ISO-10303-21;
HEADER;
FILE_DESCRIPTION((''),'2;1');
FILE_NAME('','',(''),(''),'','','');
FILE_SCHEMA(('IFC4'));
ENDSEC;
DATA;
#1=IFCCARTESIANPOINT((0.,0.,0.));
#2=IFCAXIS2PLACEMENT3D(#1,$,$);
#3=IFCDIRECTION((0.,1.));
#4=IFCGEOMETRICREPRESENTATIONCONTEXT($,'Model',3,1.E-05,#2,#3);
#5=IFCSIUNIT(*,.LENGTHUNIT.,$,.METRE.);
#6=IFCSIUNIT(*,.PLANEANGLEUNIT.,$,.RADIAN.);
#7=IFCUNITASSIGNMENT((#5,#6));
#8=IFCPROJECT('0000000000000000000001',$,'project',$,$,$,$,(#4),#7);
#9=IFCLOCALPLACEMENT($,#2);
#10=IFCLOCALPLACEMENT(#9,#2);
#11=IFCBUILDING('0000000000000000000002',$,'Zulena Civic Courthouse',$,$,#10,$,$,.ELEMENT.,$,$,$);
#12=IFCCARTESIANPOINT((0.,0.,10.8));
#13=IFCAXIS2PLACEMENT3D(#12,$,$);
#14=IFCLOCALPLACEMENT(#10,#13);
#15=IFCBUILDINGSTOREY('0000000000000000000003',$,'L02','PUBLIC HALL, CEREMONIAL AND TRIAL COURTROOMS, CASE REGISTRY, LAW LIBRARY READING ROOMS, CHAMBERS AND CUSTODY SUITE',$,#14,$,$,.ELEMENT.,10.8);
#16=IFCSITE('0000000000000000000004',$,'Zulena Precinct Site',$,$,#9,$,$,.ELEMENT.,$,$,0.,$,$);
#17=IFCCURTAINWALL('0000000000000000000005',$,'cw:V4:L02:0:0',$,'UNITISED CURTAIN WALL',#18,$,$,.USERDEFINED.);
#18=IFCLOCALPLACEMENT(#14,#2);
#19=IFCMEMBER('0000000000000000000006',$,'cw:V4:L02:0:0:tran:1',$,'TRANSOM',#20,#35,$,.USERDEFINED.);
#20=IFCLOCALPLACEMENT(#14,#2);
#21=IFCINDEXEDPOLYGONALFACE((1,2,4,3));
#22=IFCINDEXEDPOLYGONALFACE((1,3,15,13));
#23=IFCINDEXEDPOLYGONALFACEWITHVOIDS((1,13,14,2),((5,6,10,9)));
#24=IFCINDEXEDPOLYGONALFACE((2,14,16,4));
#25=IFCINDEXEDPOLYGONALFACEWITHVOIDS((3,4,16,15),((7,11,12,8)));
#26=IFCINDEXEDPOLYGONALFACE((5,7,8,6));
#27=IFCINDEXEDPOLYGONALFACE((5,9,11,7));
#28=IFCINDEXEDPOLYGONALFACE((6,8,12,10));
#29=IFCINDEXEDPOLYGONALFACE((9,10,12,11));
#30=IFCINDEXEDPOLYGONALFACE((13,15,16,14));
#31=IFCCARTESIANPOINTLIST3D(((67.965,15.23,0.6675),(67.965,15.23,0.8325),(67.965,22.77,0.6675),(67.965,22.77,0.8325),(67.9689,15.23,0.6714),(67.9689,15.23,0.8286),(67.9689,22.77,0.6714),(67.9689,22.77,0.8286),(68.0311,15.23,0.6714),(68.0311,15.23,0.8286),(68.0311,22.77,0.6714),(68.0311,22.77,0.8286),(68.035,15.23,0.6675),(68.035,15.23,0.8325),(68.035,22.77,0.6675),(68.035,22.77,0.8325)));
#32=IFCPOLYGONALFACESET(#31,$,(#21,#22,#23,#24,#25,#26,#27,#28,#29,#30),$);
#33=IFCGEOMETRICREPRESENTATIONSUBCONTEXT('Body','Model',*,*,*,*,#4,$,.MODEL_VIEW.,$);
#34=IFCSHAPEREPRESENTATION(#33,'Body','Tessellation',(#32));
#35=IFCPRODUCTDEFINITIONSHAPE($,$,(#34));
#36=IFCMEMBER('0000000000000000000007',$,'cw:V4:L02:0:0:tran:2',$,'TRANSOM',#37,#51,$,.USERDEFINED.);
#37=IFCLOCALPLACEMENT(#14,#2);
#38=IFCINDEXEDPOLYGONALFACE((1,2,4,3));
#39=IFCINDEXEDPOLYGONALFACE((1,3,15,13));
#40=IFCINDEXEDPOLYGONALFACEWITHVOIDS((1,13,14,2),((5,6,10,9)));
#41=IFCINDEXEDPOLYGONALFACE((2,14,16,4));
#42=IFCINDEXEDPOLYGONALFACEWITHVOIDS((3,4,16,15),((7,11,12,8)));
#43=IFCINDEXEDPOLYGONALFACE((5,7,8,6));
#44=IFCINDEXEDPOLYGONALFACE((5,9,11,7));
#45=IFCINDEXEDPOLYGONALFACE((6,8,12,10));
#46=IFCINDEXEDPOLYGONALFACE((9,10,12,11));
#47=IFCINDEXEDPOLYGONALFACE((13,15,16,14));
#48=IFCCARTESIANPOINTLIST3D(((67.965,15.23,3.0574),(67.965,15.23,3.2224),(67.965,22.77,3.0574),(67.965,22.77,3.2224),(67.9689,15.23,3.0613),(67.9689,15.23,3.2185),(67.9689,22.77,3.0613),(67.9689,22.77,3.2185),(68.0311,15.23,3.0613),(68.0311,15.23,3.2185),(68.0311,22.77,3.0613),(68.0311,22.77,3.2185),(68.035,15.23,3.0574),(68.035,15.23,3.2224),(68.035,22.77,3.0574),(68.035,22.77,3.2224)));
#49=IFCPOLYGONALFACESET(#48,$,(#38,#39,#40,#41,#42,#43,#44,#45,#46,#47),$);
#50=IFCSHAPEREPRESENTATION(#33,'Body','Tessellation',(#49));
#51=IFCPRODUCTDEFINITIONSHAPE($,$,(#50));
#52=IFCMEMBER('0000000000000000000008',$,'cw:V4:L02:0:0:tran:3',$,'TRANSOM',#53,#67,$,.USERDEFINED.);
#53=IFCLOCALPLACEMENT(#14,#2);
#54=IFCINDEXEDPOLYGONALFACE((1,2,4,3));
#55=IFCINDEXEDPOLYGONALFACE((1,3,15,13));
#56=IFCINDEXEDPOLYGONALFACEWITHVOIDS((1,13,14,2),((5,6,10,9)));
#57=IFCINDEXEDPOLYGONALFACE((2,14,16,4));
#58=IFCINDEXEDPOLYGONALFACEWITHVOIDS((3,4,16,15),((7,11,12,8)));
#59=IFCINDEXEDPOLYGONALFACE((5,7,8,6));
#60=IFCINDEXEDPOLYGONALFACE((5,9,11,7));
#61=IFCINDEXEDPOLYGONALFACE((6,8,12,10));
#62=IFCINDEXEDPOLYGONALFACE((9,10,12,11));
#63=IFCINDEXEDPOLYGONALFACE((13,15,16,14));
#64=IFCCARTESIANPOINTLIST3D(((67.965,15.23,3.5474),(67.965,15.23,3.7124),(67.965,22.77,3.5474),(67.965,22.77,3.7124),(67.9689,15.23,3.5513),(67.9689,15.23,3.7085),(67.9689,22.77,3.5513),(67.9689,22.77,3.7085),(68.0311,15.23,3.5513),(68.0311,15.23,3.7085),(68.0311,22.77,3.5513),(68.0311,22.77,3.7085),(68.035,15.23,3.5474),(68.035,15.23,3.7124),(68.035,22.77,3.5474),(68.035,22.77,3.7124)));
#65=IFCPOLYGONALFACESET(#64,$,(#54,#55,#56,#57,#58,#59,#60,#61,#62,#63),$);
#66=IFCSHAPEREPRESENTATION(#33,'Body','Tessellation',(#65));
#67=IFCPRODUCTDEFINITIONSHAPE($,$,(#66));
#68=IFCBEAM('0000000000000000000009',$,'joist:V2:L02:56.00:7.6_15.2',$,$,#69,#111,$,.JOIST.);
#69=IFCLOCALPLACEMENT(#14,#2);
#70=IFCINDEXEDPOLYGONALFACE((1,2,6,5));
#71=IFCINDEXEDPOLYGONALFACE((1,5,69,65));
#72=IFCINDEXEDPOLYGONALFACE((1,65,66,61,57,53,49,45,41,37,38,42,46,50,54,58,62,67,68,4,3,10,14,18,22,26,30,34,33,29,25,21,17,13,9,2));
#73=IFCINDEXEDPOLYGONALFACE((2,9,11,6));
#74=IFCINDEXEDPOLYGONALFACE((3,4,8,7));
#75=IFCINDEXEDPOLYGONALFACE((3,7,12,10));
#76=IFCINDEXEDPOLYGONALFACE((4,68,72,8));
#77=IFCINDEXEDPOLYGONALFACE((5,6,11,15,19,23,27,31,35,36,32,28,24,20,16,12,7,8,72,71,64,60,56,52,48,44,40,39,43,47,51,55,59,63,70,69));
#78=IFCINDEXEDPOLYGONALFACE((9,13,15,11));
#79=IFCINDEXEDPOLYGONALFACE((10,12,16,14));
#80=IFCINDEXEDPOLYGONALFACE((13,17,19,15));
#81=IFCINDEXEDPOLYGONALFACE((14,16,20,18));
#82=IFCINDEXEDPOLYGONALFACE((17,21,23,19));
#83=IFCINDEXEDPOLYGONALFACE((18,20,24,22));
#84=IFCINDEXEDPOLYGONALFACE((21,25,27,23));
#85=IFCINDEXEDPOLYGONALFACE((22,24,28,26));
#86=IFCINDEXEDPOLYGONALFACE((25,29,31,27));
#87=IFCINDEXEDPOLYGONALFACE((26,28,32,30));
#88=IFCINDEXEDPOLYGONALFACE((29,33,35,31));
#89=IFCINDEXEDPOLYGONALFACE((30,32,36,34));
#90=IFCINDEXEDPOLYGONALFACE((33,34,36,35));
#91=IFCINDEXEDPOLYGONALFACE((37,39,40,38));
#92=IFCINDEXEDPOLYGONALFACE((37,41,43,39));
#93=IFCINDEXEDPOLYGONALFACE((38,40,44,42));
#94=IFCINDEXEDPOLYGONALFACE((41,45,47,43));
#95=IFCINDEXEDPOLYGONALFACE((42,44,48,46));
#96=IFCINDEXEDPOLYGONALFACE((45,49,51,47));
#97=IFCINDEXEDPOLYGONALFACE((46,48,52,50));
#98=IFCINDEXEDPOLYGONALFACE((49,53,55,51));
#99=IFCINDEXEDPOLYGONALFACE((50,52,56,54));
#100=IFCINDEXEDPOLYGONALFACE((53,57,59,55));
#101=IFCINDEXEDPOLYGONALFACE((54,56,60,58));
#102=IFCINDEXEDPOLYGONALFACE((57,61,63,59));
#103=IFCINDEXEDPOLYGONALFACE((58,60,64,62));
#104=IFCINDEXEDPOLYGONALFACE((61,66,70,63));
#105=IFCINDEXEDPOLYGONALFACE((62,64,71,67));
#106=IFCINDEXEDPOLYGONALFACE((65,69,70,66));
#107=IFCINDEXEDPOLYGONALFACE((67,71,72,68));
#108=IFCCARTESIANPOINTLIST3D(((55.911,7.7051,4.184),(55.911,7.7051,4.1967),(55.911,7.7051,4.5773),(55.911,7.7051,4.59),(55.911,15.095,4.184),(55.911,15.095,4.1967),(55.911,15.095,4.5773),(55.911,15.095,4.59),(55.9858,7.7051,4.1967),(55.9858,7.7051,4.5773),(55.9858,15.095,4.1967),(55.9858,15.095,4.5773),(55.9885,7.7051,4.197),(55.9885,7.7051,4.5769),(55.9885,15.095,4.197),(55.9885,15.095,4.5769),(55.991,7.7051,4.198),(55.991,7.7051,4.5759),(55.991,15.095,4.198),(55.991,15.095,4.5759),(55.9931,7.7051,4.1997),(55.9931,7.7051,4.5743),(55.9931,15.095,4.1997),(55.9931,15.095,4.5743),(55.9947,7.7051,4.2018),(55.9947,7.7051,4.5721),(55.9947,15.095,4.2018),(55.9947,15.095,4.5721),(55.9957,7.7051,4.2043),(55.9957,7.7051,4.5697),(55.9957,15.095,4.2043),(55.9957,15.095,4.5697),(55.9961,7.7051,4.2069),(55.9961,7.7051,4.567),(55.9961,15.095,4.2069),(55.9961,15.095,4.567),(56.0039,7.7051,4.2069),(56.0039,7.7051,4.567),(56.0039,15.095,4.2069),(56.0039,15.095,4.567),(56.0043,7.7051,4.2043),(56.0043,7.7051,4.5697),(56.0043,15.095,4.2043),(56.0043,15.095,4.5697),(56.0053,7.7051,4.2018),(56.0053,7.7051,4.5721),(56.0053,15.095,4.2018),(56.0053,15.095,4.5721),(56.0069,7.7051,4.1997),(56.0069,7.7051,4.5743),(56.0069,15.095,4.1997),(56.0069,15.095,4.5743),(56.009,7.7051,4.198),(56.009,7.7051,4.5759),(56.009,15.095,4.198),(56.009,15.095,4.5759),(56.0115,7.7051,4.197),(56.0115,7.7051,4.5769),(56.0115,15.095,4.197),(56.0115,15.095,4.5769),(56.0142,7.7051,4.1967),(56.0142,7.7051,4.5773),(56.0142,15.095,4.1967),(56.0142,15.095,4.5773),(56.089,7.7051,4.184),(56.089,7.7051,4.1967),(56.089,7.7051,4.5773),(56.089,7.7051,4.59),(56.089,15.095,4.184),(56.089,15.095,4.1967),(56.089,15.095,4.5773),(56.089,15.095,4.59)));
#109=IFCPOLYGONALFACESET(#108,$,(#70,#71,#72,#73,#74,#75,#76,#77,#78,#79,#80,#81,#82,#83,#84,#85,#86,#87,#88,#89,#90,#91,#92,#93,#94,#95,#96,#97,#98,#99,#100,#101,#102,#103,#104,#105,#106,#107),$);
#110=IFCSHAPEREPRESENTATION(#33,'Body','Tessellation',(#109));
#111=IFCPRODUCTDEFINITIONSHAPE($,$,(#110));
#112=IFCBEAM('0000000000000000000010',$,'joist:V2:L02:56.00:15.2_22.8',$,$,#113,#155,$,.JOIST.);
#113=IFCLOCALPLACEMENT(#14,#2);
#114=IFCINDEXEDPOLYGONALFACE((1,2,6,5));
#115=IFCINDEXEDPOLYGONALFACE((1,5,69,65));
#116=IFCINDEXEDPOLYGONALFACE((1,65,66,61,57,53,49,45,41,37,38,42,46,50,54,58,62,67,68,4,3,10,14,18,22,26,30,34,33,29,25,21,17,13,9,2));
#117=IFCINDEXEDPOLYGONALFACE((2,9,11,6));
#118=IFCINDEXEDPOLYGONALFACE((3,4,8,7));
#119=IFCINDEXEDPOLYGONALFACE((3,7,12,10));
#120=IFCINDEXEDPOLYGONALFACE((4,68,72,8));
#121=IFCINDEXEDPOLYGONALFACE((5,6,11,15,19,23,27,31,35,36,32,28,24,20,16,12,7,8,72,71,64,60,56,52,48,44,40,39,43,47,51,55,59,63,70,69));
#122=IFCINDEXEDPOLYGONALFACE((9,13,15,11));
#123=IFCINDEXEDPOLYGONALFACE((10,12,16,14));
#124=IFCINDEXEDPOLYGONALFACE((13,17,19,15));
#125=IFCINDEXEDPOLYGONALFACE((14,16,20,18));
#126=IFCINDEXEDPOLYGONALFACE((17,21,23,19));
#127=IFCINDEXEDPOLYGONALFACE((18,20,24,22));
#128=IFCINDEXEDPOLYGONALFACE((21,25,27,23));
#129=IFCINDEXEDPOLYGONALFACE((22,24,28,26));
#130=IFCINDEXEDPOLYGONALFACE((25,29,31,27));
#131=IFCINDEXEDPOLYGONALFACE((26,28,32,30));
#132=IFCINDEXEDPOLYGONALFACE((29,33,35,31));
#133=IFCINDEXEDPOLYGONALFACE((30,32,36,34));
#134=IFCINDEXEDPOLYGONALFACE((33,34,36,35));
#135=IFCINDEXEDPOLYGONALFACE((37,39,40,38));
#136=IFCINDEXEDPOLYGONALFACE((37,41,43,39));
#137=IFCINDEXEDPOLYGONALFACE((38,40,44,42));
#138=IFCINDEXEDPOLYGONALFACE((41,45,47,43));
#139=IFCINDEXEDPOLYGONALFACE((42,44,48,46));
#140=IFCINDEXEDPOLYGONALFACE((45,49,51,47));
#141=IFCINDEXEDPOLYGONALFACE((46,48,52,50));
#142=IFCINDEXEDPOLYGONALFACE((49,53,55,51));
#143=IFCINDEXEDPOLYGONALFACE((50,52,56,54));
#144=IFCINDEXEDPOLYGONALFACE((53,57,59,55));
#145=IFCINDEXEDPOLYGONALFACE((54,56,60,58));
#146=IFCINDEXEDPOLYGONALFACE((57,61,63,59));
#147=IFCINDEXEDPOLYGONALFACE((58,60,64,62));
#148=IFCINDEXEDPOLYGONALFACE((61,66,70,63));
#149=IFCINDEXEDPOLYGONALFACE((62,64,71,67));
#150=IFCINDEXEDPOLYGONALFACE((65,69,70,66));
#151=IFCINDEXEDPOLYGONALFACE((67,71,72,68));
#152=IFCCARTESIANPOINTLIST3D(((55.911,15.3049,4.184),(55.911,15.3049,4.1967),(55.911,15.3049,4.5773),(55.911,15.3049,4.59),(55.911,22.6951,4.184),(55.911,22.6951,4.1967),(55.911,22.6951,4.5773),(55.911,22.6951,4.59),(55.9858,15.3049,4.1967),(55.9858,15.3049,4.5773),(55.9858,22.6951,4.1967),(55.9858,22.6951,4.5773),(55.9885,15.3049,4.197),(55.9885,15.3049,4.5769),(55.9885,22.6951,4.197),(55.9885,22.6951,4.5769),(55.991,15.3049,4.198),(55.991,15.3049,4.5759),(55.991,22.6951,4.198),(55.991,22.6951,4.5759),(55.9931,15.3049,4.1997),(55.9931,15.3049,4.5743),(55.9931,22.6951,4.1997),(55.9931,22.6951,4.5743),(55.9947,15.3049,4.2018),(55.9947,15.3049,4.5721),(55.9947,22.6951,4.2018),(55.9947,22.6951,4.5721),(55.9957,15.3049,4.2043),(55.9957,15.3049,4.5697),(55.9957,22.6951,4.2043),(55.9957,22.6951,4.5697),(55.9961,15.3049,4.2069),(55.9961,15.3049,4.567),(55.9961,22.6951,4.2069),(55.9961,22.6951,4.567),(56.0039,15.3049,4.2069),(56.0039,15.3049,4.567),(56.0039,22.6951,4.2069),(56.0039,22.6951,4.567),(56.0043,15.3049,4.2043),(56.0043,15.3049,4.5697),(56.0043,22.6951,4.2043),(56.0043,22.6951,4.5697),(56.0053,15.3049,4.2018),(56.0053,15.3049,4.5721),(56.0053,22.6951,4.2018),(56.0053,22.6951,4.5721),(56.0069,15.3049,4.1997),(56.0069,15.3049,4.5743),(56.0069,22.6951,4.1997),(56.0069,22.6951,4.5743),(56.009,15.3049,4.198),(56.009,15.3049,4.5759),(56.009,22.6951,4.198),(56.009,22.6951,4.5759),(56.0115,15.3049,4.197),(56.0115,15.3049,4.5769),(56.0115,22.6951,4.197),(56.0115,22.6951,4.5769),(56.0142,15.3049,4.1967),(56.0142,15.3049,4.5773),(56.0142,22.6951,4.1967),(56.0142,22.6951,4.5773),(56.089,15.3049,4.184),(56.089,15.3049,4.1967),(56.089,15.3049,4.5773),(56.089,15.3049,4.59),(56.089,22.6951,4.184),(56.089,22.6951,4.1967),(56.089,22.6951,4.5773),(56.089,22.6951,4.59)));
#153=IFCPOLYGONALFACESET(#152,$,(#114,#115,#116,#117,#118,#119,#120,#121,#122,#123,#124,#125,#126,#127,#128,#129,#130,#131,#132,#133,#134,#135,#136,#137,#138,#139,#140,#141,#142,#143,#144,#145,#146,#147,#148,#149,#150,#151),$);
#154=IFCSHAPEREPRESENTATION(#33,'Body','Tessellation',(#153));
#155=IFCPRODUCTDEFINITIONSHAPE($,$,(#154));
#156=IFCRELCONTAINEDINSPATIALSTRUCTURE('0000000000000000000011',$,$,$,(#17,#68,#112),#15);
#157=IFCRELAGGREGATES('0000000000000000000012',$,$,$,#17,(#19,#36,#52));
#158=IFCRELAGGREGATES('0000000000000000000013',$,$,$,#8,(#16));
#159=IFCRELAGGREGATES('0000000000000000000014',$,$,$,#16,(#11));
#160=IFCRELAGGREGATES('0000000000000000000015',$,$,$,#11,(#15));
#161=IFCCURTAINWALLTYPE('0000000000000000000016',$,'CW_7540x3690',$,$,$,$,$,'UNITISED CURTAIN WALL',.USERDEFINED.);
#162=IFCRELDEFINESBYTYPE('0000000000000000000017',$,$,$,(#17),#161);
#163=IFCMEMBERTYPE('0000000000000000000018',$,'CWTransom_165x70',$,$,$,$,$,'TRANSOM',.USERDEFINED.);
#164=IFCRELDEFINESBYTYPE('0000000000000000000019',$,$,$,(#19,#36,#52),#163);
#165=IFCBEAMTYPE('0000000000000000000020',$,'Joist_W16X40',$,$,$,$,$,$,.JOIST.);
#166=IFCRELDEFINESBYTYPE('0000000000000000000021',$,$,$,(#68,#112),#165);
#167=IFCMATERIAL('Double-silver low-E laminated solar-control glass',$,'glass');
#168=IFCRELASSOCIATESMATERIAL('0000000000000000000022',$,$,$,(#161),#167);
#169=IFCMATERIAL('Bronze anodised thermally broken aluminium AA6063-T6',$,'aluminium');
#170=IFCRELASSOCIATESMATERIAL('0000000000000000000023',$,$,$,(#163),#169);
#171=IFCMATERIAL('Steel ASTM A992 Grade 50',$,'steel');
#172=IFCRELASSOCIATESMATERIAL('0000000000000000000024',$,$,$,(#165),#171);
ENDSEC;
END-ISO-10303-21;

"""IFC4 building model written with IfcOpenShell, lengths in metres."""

from ifc_helpers import new_model, si_unit, direction, frame, origin, origin_2d, place, context, subcontext, project, spatial, hollow_rectangle, i_section, extrude, material, material_profile, profile_set, type_object, element, aggregate, save


model = new_model("IFC4")

# Units and contexts
model_context = context("Model", 3, precision=1e-05, world=origin(), true_north=direction((0.0, 1.0)))
body_context = subcontext(model_context, "Body", "Model", "MODEL_VIEW")
ifc_project = project(units=[si_unit("LENGTHUNIT", "METRE"), si_unit("PLANEANGLEUNIT", "RADIAN")], contexts=[model_context])

# Site, building, storey
site_placement = place(None, origin())
site = spatial("IfcSite", under=ifc_project, at=site_placement, Name="Zulena Precinct Site", CompositionType="ELEMENT", RefElevation=0.0)
building_placement = place(site_placement, origin())
building = spatial("IfcBuilding", under=site, at=building_placement, Name="Zulena Civic Courthouse", CompositionType="ELEMENT")
storey_placement = place(building_placement, frame((0.0, 0.0, 10.8)))
storey = spatial("IfcBuildingStorey", under=building, at=storey_placement, Name="L02", Description="PUBLIC HALL, CEREMONIAL AND TRIAL COURTROOMS, CASE REGISTRY, LAW LIBRARY READING ROOMS, CHAMBERS AND CUSTODY SUITE", CompositionType="ELEMENT", Elevation=10.8)

# Shared definitions
ifc_material_1 = material(Name="Steel ASTM A992 Grade 50", Category="steel")

# Curtain wall, members
ifc_material_2 = material(Name="Double-silver low-E laminated solar-control glass", Category="glass")
curtain_wall_type = type_object("IfcCurtainWallType", Name="CW_7540x3690", ElementType="UNITISED CURTAIN WALL", PredefinedType="USERDEFINED", material=ifc_material_2)
curtain_wall_placement = place(storey_placement, origin())
curtain_wall = element("IfcCurtainWall", 1, at=curtain_wall_placement, inside=storey, type_object=curtain_wall_type, Name="cw:V4:L02:0:0", ObjectType="UNITISED CURTAIN WALL", PredefinedType="USERDEFINED")
ifc_material_3 = material(Name="Bronze anodised thermally broken aluminium AA6063-T6", Category="aluminium")
ifc_material_profile_1 = material_profile(ifc_material_3, hollow_rectangle(XDim=0.0701, YDim=0.165, WallThickness=0.0039, at=origin_2d()), Name="CWT165X70X4")
ifc_profile_set_1 = profile_set([ifc_material_profile_1], Name="Bronze anodised thermally broken aluminium AA6063-T6")
member_type_1 = type_object("IfcMemberType", Name="CWTransom_165x70", ElementType="TRANSOM", PredefinedType="USERDEFINED", material=ifc_profile_set_1)
member_1_placement = place(storey_placement, frame((68.0, 15.23, 0.75), z_axis=(0.0, 1.0, 0.0), x_axis=(-1.0, 0.0, 0.0)))
member_1 = element("IfcMember", 2, at=member_1_placement, type_object=member_type_1, Name="cw:V4:L02:0:0:tran:1", ObjectType="TRANSOM", PredefinedType="USERDEFINED", context=body_context, shape_type="SweptSolid", body=[
    extrude(hollow_rectangle(XDim=0.0701, YDim=0.165, WallThickness=0.0039, at=origin_2d()), origin(), (0.0, 0.0, 1.0), 7.54),
])
member_2_placement = place(storey_placement, frame((68.0, 15.23, 3.1399), z_axis=(0.0, 1.0, 0.0), x_axis=(-1.0, 0.0, 0.0)))
member_2 = element("IfcMember", 3, at=member_2_placement, type_object=member_type_1, Name="cw:V4:L02:0:0:tran:2", ObjectType="TRANSOM", PredefinedType="USERDEFINED", context=body_context, shape_type="SweptSolid", body=[
    extrude(hollow_rectangle(XDim=0.0701, YDim=0.165, WallThickness=0.0039, at=origin_2d()), origin(), (0.0, 0.0, 1.0), 7.54),
])
member_3_placement = place(storey_placement, frame((68.0, 15.23, 3.6299), z_axis=(0.0, 1.0, 0.0), x_axis=(-1.0, 0.0, 0.0)))
member_3 = element("IfcMember", 4, at=member_3_placement, type_object=member_type_1, Name="cw:V4:L02:0:0:tran:3", ObjectType="TRANSOM", PredefinedType="USERDEFINED", context=body_context, shape_type="SweptSolid", body=[
    extrude(hollow_rectangle(XDim=0.0701, YDim=0.165, WallThickness=0.0039, at=origin_2d()), origin(), (0.0, 0.0, 1.0), 7.54),
])

# Beams
ifc_material_profile_2 = material_profile(ifc_material_1, i_section(OverallWidth=0.178, OverallDepth=0.406, WebThickness=0.0078, FlangeThickness=0.0127, FilletRadius=0.0103, at=origin_2d()), Name="W16X40")
ifc_profile_set_2 = profile_set([ifc_material_profile_2], Name="Steel ASTM A992 Grade 50")
beam_type_1 = type_object("IfcBeamType", Name="Joist_W16X40", PredefinedType="JOIST", material=ifc_profile_set_2)
beam_1_placement = place(storey_placement, frame((56.0, 7.7051, 4.387), z_axis=(0.0, 1.0, 0.0), x_axis=(-1.0, 0.0, 0.0)))
element("IfcBeam", 5, at=beam_1_placement, inside=storey, type_object=beam_type_1, Name="joist:V2:L02:56.00:7.6_15.2", PredefinedType="JOIST", context=body_context, shape_type="SweptSolid", body=[
    extrude(i_section(OverallWidth=0.178, OverallDepth=0.406, WebThickness=0.0078, FlangeThickness=0.0127, FilletRadius=0.0103, at=origin_2d()), origin(), (0.0, 0.0, 1.0), 7.3899),
])
beam_2_placement = place(storey_placement, frame((56.0, 15.3049, 4.387), z_axis=(0.0, 1.0, 0.0), x_axis=(-1.0, 0.0, 0.0)))
element("IfcBeam", 6, at=beam_2_placement, inside=storey, type_object=beam_type_1, Name="joist:V2:L02:56.00:15.2_22.8", PredefinedType="JOIST", context=body_context, shape_type="SweptSolid", body=[
    extrude(i_section(OverallWidth=0.178, OverallDepth=0.406, WebThickness=0.0078, FlangeThickness=0.0127, FilletRadius=0.0103, at=origin_2d()), origin(), (0.0, 0.0, 1.0), 7.3901),
])

aggregate(curtain_wall, [member_1, member_2, member_3])

save(model, "model.ifc")
